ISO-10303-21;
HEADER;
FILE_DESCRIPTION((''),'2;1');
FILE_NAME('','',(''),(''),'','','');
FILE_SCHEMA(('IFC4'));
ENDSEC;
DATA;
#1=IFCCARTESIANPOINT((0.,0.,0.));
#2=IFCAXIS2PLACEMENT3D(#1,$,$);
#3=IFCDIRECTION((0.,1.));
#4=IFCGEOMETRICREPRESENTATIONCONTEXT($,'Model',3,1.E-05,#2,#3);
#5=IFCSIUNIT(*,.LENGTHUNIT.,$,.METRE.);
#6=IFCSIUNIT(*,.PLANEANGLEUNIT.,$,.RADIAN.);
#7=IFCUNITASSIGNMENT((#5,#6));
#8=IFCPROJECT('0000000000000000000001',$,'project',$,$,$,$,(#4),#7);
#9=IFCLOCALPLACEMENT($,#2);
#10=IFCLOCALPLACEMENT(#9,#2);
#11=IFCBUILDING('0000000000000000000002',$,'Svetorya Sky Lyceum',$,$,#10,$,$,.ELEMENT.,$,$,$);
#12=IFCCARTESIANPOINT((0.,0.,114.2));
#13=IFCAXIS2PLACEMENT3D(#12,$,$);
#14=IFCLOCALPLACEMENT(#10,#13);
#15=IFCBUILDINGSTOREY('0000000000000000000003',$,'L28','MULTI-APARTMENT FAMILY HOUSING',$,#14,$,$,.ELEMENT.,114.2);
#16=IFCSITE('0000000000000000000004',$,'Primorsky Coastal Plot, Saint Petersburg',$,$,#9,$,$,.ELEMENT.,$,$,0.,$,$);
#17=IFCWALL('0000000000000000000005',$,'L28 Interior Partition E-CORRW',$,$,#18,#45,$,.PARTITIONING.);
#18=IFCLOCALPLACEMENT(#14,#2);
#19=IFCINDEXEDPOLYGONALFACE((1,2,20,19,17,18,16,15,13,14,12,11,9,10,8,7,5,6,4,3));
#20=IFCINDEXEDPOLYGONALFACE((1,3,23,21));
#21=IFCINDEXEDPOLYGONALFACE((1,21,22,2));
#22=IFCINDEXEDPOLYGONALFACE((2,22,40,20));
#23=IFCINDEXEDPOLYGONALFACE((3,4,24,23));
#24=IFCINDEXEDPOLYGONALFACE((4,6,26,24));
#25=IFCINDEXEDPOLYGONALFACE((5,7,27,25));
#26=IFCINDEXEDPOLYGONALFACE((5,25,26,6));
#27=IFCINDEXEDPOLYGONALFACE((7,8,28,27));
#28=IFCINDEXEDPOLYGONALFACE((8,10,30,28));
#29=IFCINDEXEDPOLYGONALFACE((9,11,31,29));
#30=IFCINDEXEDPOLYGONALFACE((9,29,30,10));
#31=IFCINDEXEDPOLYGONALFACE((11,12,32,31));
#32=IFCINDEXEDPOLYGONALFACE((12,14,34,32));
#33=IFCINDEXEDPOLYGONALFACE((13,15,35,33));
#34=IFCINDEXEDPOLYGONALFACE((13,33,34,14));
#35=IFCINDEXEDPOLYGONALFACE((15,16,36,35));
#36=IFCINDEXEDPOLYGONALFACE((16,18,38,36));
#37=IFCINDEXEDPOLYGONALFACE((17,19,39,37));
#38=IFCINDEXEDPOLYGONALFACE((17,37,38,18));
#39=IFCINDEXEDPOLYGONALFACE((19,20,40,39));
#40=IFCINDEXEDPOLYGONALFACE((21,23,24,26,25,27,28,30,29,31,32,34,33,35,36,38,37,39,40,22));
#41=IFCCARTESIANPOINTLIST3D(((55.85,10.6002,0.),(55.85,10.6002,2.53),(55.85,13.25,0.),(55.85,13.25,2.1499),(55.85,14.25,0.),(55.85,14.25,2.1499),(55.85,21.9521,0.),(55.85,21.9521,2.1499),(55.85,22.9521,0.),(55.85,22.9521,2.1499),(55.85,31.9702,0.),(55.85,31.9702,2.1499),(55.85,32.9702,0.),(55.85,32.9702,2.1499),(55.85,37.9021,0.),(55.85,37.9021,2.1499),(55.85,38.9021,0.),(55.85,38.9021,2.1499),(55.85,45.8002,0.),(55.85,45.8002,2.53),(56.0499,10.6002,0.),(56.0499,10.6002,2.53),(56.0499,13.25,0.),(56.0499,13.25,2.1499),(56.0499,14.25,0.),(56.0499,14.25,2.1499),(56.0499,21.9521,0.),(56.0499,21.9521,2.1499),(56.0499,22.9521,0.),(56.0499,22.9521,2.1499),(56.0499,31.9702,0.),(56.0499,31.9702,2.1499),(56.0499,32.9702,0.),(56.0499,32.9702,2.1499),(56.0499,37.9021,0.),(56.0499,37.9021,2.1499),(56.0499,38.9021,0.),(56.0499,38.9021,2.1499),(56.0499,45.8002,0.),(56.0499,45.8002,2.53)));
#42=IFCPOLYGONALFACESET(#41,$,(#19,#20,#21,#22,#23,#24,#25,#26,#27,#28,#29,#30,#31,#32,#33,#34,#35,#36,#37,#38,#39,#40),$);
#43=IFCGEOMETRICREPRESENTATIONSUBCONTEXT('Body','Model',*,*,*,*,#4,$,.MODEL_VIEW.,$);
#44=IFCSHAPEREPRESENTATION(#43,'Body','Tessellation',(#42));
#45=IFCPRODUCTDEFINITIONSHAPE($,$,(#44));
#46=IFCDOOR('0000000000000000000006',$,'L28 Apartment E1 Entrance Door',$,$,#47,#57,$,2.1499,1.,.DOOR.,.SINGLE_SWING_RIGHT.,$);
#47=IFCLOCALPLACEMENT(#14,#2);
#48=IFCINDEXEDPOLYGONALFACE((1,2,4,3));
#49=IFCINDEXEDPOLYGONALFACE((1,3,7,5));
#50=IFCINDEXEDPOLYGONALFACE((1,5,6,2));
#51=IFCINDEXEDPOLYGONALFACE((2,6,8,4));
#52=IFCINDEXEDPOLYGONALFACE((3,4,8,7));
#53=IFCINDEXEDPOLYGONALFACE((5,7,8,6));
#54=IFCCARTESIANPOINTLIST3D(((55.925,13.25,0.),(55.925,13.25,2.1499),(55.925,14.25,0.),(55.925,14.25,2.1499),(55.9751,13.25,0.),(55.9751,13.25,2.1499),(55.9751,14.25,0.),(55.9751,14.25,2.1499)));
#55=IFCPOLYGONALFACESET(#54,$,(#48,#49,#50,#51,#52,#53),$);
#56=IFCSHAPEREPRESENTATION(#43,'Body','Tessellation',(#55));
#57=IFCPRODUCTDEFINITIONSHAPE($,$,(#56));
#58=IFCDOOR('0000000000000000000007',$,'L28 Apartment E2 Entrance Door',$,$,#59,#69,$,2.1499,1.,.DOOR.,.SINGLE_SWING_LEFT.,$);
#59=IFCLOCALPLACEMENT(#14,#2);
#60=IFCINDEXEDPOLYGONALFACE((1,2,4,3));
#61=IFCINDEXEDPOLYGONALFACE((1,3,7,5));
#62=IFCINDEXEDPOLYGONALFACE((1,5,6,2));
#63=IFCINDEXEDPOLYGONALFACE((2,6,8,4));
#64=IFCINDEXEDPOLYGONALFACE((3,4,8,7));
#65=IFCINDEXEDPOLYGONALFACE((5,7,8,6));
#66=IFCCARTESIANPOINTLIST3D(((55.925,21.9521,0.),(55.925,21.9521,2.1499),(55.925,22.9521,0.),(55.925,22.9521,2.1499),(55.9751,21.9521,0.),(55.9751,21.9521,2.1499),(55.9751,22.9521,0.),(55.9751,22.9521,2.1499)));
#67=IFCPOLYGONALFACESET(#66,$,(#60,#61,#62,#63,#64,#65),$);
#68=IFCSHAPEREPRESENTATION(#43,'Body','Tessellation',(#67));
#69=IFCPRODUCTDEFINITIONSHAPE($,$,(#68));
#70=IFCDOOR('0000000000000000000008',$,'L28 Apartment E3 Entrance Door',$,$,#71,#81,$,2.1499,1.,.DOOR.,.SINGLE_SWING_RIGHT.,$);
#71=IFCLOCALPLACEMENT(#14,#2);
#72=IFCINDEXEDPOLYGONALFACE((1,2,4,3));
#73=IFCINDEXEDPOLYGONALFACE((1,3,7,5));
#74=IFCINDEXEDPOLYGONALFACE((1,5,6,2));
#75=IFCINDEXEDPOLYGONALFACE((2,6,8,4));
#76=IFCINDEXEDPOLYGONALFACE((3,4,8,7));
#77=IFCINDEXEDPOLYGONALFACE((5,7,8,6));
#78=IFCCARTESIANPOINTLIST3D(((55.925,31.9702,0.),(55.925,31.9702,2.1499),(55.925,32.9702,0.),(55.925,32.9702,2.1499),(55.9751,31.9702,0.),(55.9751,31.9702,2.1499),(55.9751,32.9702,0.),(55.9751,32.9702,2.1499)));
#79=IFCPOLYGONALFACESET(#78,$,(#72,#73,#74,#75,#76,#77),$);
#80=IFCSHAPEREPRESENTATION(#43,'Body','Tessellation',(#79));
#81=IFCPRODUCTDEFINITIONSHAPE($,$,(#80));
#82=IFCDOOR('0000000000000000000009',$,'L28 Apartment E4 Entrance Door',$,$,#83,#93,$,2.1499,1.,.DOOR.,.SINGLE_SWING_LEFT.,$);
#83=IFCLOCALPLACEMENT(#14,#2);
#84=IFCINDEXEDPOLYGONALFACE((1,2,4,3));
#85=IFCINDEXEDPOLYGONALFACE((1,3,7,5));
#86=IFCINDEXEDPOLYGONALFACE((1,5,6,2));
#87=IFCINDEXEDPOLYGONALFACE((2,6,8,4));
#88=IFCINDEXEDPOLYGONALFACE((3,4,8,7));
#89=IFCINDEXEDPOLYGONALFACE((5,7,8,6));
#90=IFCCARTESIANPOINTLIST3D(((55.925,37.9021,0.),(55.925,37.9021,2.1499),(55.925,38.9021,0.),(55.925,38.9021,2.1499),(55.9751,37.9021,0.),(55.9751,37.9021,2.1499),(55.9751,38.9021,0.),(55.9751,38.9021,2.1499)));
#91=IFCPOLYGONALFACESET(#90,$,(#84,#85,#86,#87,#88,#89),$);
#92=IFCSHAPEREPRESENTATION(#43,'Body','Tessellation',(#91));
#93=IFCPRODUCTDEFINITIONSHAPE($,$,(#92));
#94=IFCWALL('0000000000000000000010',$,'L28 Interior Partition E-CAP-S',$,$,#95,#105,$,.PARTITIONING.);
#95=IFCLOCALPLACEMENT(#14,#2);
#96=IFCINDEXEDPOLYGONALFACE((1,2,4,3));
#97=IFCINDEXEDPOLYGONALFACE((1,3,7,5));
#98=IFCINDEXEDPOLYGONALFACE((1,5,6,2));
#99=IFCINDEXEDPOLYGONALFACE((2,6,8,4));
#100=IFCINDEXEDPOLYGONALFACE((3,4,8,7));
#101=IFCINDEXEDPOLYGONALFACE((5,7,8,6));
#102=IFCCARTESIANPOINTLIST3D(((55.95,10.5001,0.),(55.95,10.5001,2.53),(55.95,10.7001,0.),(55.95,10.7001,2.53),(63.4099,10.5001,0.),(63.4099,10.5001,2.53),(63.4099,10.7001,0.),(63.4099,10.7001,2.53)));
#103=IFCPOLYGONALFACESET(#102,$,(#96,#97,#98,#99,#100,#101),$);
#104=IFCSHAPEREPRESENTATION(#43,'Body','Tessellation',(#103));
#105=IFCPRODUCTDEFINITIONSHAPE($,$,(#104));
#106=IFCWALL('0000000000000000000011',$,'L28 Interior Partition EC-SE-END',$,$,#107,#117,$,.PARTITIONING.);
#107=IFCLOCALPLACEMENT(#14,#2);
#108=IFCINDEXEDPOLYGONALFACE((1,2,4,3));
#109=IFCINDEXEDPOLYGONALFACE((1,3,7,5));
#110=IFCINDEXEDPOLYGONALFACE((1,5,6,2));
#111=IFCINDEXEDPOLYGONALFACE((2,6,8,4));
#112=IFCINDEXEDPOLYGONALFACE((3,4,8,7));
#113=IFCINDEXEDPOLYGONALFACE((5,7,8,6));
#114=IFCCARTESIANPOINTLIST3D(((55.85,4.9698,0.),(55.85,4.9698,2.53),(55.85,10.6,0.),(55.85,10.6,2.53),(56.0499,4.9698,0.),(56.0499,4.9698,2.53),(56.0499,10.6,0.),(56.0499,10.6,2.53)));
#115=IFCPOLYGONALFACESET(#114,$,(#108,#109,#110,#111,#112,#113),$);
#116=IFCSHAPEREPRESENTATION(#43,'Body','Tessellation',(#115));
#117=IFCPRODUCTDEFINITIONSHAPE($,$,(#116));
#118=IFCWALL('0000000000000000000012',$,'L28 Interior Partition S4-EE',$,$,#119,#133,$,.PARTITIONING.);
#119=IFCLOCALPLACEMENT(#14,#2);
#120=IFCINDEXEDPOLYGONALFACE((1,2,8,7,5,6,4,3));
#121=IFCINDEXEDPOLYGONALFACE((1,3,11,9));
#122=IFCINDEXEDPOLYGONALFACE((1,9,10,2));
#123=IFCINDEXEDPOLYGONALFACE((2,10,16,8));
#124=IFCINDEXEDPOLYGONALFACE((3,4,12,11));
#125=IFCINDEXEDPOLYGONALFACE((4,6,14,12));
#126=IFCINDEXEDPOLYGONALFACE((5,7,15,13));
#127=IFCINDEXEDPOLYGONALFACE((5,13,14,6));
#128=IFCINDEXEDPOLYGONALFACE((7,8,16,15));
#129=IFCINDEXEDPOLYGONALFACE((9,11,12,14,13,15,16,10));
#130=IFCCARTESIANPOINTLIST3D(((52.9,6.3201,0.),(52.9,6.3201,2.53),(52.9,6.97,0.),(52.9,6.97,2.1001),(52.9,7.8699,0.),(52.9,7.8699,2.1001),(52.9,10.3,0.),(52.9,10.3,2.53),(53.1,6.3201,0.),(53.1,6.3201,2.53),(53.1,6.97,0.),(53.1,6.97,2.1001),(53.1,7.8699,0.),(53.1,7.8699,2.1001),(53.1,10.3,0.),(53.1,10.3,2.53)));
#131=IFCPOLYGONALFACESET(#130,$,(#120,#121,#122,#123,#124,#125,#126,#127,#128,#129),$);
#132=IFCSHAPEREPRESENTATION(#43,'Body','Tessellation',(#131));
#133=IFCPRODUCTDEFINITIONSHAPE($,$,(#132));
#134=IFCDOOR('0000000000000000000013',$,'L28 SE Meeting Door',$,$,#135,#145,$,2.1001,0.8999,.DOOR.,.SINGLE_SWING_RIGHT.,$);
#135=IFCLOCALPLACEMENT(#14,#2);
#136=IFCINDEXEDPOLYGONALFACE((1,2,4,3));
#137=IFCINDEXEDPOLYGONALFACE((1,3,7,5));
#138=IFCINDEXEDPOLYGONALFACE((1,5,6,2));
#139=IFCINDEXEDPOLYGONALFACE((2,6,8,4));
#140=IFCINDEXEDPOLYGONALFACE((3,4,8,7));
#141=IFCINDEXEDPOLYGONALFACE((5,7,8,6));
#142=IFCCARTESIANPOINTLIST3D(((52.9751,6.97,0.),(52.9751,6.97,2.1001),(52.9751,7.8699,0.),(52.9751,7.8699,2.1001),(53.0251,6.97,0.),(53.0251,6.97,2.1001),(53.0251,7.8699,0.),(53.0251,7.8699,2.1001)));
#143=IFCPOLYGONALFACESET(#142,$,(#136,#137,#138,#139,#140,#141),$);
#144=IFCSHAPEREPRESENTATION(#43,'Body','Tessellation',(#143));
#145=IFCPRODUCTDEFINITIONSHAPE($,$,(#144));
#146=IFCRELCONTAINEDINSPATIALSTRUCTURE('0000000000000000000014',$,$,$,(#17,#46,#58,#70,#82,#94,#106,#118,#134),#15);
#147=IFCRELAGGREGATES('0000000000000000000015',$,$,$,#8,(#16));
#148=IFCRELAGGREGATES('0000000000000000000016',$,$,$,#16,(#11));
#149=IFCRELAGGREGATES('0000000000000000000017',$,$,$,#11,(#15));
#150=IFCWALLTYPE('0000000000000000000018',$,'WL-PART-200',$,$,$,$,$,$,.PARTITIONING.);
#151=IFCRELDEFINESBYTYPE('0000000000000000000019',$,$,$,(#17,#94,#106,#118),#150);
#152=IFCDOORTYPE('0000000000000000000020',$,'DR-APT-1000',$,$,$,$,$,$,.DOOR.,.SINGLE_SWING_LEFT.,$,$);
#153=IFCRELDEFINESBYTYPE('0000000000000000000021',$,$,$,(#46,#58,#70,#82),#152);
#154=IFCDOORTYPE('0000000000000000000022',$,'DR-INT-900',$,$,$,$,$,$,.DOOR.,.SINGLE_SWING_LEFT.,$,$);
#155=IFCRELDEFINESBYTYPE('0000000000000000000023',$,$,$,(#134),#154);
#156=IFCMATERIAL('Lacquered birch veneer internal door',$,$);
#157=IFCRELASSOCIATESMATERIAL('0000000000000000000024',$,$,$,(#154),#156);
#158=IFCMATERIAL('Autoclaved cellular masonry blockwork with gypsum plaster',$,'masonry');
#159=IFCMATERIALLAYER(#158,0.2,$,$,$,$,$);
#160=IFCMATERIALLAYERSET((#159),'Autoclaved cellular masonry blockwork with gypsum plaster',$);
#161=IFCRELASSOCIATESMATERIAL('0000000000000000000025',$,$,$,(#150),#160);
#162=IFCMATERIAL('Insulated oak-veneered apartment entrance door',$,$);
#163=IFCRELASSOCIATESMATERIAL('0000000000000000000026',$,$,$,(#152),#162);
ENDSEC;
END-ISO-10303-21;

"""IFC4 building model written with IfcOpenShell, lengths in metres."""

from ifc_helpers import new_model, si_unit, direction, frame, frame_2d, origin, place, context, subcontext, project, spatial, rectangle, extrude, material, layer, layer_set, type_object, element, fill, save


model = new_model("IFC4")

# Units and contexts
model_context = context("Model", 3, precision=1e-05, world=origin(), true_north=direction((0.0, 1.0)))
body_context = subcontext(model_context, "Body", "Model", "MODEL_VIEW")
ifc_project = project(units=[si_unit("LENGTHUNIT", "METRE"), si_unit("PLANEANGLEUNIT", "RADIAN")], contexts=[model_context])

# Site, building, storey
site_placement = place(None, origin())
site = spatial("IfcSite", under=ifc_project, at=site_placement, Name="Primorsky Coastal Plot, Saint Petersburg", CompositionType="ELEMENT", RefElevation=0.0)
building_placement = place(site_placement, origin())
building = spatial("IfcBuilding", under=site, at=building_placement, Name="Svetorya Sky Lyceum", CompositionType="ELEMENT")
storey_placement = place(building_placement, frame((0.0, 0.0, 114.2)))
storey = spatial("IfcBuildingStorey", under=building, at=storey_placement, Name="L28", Description="MULTI-APARTMENT FAMILY HOUSING", CompositionType="ELEMENT", Elevation=114.2)

# Shared definitions
ifc_material_1 = material(Name="Lacquered birch veneer internal door")
door_type_1 = type_object("IfcDoorType", Name="DR-INT-900", OperationType="SINGLE_SWING_LEFT", PredefinedType="DOOR", material=ifc_material_1)

# Wall, openings, doors
ifc_material_2 = material(Name="Autoclaved cellular masonry blockwork with gypsum plaster", Category="masonry")
ifc_layer_1 = layer(ifc_material_2, 0.2)
ifc_layer_set_1 = layer_set([ifc_layer_1], Name="Autoclaved cellular masonry blockwork with gypsum plaster")
wall_type_1 = type_object("IfcWallType", Name="WL-PART-200", PredefinedType="PARTITIONING", material=ifc_layer_set_1)
wall_1_placement = place(storey_placement, frame((55.95, 10.6001, 0.0), z_axis=(0.0, 0.0, 1.0), x_axis=(0.0, 1.0, 0.0)))
wall_1 = element("IfcWall", 1, at=wall_1_placement, inside=storey, type_object=wall_type_1, Name="L28 Interior Partition E-CORRW", PredefinedType="PARTITIONING", context=body_context, shape_type="SweptSolid", body=[
    extrude(rectangle(XDim=35.2, YDim=0.2, at=frame_2d((17.6001, 0.0))), origin(), (0.0, 0.0, 1.0), 2.53),
])
opening_1_placement = place(wall_1_placement, frame((2.6499, 0.0, 0.0)))
opening_1 = element("IfcOpeningElement", 2, at=opening_1_placement, cuts=wall_1, PredefinedType="OPENING", context=body_context, shape_type="SweptSolid", body=[
    extrude(rectangle(XDim=1.0, YDim=2.1499, at=frame_2d((0.5, 1.075))), frame((0.0, 0.1099, 0.0), z_axis=(0.0, -1.0, 0.0), x_axis=(1.0, 0.0, 0.0)), (0.0, 0.0, 1.0), 0.22),
])
opening_2_placement = place(wall_1_placement, frame((11.3521, 0.0, 0.0)))
opening_2 = element("IfcOpeningElement", 3, at=opening_2_placement, cuts=wall_1, PredefinedType="OPENING", context=body_context, shape_type="SweptSolid", body=[
    extrude(rectangle(XDim=1.0, YDim=2.1499, at=frame_2d((0.5, 1.075))), frame((0.0, 0.1099, 0.0), z_axis=(0.0, -1.0, 0.0), x_axis=(1.0, 0.0, 0.0)), (0.0, 0.0, 1.0), 0.22),
])
opening_3_placement = place(wall_1_placement, frame((21.3701, 0.0, 0.0)))
opening_3 = element("IfcOpeningElement", 4, at=opening_3_placement, cuts=wall_1, PredefinedType="OPENING", context=body_context, shape_type="SweptSolid", body=[
    extrude(rectangle(XDim=1.0, YDim=2.1499, at=frame_2d((0.5, 1.075))), frame((0.0, 0.1099, 0.0), z_axis=(0.0, -1.0, 0.0), x_axis=(1.0, 0.0, 0.0)), (0.0, 0.0, 1.0), 0.22),
])
opening_4_placement = place(wall_1_placement, frame((27.302, 0.0, 0.0)))
opening_4 = element("IfcOpeningElement", 5, at=opening_4_placement, cuts=wall_1, PredefinedType="OPENING", context=body_context, shape_type="SweptSolid", body=[
    extrude(rectangle(XDim=1.0, YDim=2.1499, at=frame_2d((0.5, 1.075))), frame((0.0, 0.1099, 0.0), z_axis=(0.0, -1.0, 0.0), x_axis=(1.0, 0.0, 0.0)), (0.0, 0.0, 1.0), 0.22),
])
ifc_material_3 = material(Name="Insulated oak-veneered apartment entrance door")
door_type_2 = type_object("IfcDoorType", Name="DR-APT-1000", OperationType="SINGLE_SWING_LEFT", PredefinedType="DOOR", material=ifc_material_3)
door_1_placement = place(opening_1_placement, origin())
door_1 = element("IfcDoor", 6, at=door_1_placement, inside=storey, type_object=door_type_2, Name="L28 Apartment E1 Entrance Door", OperationType="SINGLE_SWING_RIGHT", OverallHeight=2.1499, OverallWidth=1.0, PredefinedType="DOOR", context=body_context, shape_type="SweptSolid", body=[
    extrude(rectangle(XDim=1.0, YDim=2.1499, at=frame_2d((0.5, 1.075))), frame((0.0, 0.0249, 0.0), z_axis=(0.0, -1.0, 0.0), x_axis=(1.0, 0.0, 0.0)), (0.0, 0.0, 1.0), 0.05),
])
fill(opening_1, door_1)
door_2_placement = place(opening_2_placement, origin())
door_2 = element("IfcDoor", 7, at=door_2_placement, inside=storey, type_object=door_type_2, Name="L28 Apartment E2 Entrance Door", OperationType="SINGLE_SWING_LEFT", OverallHeight=2.1499, OverallWidth=1.0, PredefinedType="DOOR", context=body_context, shape_type="SweptSolid", body=[
    extrude(rectangle(XDim=1.0, YDim=2.1499, at=frame_2d((0.5, 1.075))), frame((0.0, 0.0249, 0.0), z_axis=(0.0, -1.0, 0.0), x_axis=(1.0, 0.0, 0.0)), (0.0, 0.0, 1.0), 0.05),
])
fill(opening_2, door_2)
door_3_placement = place(opening_3_placement, origin())
door_3 = element("IfcDoor", 8, at=door_3_placement, inside=storey, type_object=door_type_2, Name="L28 Apartment E3 Entrance Door", OperationType="SINGLE_SWING_RIGHT", OverallHeight=2.1499, OverallWidth=1.0, PredefinedType="DOOR", context=body_context, shape_type="SweptSolid", body=[
    extrude(rectangle(XDim=1.0, YDim=2.1499, at=frame_2d((0.5, 1.075))), frame((0.0, 0.0249, 0.0), z_axis=(0.0, -1.0, 0.0), x_axis=(1.0, 0.0, 0.0)), (0.0, 0.0, 1.0), 0.05),
])
fill(opening_3, door_3)
door_4_placement = place(opening_4_placement, origin())
door_4 = element("IfcDoor", 9, at=door_4_placement, inside=storey, type_object=door_type_2, Name="L28 Apartment E4 Entrance Door", OperationType="SINGLE_SWING_LEFT", OverallHeight=2.1499, OverallWidth=1.0, PredefinedType="DOOR", context=body_context, shape_type="SweptSolid", body=[
    extrude(rectangle(XDim=1.0, YDim=2.1499, at=frame_2d((0.5, 1.075))), frame((0.0, 0.0249, 0.0), z_axis=(0.0, -1.0, 0.0), x_axis=(1.0, 0.0, 0.0)), (0.0, 0.0, 1.0), 0.05),
])
fill(opening_4, door_4)

# Walls
wall_2_placement = place(storey_placement, frame((55.95, 10.6001, 0.0), z_axis=(0.0, 0.0, 1.0), x_axis=(1.0, 0.0, 0.0)))
element("IfcWall", 10, at=wall_2_placement, inside=storey, type_object=wall_type_1, Name="L28 Interior Partition E-CAP-S", PredefinedType="PARTITIONING", context=body_context, shape_type="SweptSolid", body=[
    extrude(rectangle(XDim=7.46, YDim=0.2, at=frame_2d((3.73, 0.0))), origin(), (0.0, 0.0, 1.0), 2.53),
])
wall_3_placement = place(storey_placement, frame((55.95, 4.97, 0.0), z_axis=(0.0, 0.0, 1.0), x_axis=(0.0, 1.0, 0.0)))
element("IfcWall", 11, at=wall_3_placement, inside=storey, type_object=wall_type_1, Name="L28 Interior Partition EC-SE-END", PredefinedType="PARTITIONING", context=body_context, shape_type="SweptSolid", body=[
    extrude(rectangle(XDim=5.6301, YDim=0.2, at=frame_2d((2.8149, 0.0))), origin(), (0.0, 0.0, 1.0), 2.53),
])

# Wall, opening, door
wall_4_placement = place(storey_placement, frame((53.0, 6.3201, 0.0), z_axis=(0.0, 0.0, 1.0), x_axis=(0.0, 1.0, 0.0)))
wall_4 = element("IfcWall", 12, at=wall_4_placement, inside=storey, type_object=wall_type_1, Name="L28 Interior Partition S4-EE", PredefinedType="PARTITIONING", context=body_context, shape_type="SweptSolid", body=[
    extrude(rectangle(XDim=3.98, YDim=0.2, at=frame_2d((1.99, 0.0))), origin(), (0.0, 0.0, 1.0), 2.53),
])
opening_5_placement = place(wall_4_placement, frame((0.6499, 0.0, 0.0)))
opening_5 = element("IfcOpeningElement", 13, at=opening_5_placement, cuts=wall_4, PredefinedType="OPENING", context=body_context, shape_type="SweptSolid", body=[
    extrude(rectangle(XDim=0.8999, YDim=2.1001, at=frame_2d((0.45, 1.05))), frame((0.0, 0.1099, 0.0), z_axis=(0.0, -1.0, 0.0), x_axis=(1.0, 0.0, 0.0)), (0.0, 0.0, 1.0), 0.22),
])
door_5_placement = place(opening_5_placement, origin())
door_5 = element("IfcDoor", 14, at=door_5_placement, inside=storey, type_object=door_type_1, Name="L28 SE Meeting Door", OperationType="SINGLE_SWING_RIGHT", OverallHeight=2.1001, OverallWidth=0.8999, PredefinedType="DOOR", context=body_context, shape_type="SweptSolid", body=[
    extrude(rectangle(XDim=0.8999, YDim=2.1001, at=frame_2d((0.45, 1.05))), frame((0.0, 0.0249, 0.0), z_axis=(0.0, -1.0, 0.0), x_axis=(1.0, 0.0, 0.0)), (0.0, 0.0, 1.0), 0.05),
])
fill(opening_5, door_5)

save(model, "model.ifc")
